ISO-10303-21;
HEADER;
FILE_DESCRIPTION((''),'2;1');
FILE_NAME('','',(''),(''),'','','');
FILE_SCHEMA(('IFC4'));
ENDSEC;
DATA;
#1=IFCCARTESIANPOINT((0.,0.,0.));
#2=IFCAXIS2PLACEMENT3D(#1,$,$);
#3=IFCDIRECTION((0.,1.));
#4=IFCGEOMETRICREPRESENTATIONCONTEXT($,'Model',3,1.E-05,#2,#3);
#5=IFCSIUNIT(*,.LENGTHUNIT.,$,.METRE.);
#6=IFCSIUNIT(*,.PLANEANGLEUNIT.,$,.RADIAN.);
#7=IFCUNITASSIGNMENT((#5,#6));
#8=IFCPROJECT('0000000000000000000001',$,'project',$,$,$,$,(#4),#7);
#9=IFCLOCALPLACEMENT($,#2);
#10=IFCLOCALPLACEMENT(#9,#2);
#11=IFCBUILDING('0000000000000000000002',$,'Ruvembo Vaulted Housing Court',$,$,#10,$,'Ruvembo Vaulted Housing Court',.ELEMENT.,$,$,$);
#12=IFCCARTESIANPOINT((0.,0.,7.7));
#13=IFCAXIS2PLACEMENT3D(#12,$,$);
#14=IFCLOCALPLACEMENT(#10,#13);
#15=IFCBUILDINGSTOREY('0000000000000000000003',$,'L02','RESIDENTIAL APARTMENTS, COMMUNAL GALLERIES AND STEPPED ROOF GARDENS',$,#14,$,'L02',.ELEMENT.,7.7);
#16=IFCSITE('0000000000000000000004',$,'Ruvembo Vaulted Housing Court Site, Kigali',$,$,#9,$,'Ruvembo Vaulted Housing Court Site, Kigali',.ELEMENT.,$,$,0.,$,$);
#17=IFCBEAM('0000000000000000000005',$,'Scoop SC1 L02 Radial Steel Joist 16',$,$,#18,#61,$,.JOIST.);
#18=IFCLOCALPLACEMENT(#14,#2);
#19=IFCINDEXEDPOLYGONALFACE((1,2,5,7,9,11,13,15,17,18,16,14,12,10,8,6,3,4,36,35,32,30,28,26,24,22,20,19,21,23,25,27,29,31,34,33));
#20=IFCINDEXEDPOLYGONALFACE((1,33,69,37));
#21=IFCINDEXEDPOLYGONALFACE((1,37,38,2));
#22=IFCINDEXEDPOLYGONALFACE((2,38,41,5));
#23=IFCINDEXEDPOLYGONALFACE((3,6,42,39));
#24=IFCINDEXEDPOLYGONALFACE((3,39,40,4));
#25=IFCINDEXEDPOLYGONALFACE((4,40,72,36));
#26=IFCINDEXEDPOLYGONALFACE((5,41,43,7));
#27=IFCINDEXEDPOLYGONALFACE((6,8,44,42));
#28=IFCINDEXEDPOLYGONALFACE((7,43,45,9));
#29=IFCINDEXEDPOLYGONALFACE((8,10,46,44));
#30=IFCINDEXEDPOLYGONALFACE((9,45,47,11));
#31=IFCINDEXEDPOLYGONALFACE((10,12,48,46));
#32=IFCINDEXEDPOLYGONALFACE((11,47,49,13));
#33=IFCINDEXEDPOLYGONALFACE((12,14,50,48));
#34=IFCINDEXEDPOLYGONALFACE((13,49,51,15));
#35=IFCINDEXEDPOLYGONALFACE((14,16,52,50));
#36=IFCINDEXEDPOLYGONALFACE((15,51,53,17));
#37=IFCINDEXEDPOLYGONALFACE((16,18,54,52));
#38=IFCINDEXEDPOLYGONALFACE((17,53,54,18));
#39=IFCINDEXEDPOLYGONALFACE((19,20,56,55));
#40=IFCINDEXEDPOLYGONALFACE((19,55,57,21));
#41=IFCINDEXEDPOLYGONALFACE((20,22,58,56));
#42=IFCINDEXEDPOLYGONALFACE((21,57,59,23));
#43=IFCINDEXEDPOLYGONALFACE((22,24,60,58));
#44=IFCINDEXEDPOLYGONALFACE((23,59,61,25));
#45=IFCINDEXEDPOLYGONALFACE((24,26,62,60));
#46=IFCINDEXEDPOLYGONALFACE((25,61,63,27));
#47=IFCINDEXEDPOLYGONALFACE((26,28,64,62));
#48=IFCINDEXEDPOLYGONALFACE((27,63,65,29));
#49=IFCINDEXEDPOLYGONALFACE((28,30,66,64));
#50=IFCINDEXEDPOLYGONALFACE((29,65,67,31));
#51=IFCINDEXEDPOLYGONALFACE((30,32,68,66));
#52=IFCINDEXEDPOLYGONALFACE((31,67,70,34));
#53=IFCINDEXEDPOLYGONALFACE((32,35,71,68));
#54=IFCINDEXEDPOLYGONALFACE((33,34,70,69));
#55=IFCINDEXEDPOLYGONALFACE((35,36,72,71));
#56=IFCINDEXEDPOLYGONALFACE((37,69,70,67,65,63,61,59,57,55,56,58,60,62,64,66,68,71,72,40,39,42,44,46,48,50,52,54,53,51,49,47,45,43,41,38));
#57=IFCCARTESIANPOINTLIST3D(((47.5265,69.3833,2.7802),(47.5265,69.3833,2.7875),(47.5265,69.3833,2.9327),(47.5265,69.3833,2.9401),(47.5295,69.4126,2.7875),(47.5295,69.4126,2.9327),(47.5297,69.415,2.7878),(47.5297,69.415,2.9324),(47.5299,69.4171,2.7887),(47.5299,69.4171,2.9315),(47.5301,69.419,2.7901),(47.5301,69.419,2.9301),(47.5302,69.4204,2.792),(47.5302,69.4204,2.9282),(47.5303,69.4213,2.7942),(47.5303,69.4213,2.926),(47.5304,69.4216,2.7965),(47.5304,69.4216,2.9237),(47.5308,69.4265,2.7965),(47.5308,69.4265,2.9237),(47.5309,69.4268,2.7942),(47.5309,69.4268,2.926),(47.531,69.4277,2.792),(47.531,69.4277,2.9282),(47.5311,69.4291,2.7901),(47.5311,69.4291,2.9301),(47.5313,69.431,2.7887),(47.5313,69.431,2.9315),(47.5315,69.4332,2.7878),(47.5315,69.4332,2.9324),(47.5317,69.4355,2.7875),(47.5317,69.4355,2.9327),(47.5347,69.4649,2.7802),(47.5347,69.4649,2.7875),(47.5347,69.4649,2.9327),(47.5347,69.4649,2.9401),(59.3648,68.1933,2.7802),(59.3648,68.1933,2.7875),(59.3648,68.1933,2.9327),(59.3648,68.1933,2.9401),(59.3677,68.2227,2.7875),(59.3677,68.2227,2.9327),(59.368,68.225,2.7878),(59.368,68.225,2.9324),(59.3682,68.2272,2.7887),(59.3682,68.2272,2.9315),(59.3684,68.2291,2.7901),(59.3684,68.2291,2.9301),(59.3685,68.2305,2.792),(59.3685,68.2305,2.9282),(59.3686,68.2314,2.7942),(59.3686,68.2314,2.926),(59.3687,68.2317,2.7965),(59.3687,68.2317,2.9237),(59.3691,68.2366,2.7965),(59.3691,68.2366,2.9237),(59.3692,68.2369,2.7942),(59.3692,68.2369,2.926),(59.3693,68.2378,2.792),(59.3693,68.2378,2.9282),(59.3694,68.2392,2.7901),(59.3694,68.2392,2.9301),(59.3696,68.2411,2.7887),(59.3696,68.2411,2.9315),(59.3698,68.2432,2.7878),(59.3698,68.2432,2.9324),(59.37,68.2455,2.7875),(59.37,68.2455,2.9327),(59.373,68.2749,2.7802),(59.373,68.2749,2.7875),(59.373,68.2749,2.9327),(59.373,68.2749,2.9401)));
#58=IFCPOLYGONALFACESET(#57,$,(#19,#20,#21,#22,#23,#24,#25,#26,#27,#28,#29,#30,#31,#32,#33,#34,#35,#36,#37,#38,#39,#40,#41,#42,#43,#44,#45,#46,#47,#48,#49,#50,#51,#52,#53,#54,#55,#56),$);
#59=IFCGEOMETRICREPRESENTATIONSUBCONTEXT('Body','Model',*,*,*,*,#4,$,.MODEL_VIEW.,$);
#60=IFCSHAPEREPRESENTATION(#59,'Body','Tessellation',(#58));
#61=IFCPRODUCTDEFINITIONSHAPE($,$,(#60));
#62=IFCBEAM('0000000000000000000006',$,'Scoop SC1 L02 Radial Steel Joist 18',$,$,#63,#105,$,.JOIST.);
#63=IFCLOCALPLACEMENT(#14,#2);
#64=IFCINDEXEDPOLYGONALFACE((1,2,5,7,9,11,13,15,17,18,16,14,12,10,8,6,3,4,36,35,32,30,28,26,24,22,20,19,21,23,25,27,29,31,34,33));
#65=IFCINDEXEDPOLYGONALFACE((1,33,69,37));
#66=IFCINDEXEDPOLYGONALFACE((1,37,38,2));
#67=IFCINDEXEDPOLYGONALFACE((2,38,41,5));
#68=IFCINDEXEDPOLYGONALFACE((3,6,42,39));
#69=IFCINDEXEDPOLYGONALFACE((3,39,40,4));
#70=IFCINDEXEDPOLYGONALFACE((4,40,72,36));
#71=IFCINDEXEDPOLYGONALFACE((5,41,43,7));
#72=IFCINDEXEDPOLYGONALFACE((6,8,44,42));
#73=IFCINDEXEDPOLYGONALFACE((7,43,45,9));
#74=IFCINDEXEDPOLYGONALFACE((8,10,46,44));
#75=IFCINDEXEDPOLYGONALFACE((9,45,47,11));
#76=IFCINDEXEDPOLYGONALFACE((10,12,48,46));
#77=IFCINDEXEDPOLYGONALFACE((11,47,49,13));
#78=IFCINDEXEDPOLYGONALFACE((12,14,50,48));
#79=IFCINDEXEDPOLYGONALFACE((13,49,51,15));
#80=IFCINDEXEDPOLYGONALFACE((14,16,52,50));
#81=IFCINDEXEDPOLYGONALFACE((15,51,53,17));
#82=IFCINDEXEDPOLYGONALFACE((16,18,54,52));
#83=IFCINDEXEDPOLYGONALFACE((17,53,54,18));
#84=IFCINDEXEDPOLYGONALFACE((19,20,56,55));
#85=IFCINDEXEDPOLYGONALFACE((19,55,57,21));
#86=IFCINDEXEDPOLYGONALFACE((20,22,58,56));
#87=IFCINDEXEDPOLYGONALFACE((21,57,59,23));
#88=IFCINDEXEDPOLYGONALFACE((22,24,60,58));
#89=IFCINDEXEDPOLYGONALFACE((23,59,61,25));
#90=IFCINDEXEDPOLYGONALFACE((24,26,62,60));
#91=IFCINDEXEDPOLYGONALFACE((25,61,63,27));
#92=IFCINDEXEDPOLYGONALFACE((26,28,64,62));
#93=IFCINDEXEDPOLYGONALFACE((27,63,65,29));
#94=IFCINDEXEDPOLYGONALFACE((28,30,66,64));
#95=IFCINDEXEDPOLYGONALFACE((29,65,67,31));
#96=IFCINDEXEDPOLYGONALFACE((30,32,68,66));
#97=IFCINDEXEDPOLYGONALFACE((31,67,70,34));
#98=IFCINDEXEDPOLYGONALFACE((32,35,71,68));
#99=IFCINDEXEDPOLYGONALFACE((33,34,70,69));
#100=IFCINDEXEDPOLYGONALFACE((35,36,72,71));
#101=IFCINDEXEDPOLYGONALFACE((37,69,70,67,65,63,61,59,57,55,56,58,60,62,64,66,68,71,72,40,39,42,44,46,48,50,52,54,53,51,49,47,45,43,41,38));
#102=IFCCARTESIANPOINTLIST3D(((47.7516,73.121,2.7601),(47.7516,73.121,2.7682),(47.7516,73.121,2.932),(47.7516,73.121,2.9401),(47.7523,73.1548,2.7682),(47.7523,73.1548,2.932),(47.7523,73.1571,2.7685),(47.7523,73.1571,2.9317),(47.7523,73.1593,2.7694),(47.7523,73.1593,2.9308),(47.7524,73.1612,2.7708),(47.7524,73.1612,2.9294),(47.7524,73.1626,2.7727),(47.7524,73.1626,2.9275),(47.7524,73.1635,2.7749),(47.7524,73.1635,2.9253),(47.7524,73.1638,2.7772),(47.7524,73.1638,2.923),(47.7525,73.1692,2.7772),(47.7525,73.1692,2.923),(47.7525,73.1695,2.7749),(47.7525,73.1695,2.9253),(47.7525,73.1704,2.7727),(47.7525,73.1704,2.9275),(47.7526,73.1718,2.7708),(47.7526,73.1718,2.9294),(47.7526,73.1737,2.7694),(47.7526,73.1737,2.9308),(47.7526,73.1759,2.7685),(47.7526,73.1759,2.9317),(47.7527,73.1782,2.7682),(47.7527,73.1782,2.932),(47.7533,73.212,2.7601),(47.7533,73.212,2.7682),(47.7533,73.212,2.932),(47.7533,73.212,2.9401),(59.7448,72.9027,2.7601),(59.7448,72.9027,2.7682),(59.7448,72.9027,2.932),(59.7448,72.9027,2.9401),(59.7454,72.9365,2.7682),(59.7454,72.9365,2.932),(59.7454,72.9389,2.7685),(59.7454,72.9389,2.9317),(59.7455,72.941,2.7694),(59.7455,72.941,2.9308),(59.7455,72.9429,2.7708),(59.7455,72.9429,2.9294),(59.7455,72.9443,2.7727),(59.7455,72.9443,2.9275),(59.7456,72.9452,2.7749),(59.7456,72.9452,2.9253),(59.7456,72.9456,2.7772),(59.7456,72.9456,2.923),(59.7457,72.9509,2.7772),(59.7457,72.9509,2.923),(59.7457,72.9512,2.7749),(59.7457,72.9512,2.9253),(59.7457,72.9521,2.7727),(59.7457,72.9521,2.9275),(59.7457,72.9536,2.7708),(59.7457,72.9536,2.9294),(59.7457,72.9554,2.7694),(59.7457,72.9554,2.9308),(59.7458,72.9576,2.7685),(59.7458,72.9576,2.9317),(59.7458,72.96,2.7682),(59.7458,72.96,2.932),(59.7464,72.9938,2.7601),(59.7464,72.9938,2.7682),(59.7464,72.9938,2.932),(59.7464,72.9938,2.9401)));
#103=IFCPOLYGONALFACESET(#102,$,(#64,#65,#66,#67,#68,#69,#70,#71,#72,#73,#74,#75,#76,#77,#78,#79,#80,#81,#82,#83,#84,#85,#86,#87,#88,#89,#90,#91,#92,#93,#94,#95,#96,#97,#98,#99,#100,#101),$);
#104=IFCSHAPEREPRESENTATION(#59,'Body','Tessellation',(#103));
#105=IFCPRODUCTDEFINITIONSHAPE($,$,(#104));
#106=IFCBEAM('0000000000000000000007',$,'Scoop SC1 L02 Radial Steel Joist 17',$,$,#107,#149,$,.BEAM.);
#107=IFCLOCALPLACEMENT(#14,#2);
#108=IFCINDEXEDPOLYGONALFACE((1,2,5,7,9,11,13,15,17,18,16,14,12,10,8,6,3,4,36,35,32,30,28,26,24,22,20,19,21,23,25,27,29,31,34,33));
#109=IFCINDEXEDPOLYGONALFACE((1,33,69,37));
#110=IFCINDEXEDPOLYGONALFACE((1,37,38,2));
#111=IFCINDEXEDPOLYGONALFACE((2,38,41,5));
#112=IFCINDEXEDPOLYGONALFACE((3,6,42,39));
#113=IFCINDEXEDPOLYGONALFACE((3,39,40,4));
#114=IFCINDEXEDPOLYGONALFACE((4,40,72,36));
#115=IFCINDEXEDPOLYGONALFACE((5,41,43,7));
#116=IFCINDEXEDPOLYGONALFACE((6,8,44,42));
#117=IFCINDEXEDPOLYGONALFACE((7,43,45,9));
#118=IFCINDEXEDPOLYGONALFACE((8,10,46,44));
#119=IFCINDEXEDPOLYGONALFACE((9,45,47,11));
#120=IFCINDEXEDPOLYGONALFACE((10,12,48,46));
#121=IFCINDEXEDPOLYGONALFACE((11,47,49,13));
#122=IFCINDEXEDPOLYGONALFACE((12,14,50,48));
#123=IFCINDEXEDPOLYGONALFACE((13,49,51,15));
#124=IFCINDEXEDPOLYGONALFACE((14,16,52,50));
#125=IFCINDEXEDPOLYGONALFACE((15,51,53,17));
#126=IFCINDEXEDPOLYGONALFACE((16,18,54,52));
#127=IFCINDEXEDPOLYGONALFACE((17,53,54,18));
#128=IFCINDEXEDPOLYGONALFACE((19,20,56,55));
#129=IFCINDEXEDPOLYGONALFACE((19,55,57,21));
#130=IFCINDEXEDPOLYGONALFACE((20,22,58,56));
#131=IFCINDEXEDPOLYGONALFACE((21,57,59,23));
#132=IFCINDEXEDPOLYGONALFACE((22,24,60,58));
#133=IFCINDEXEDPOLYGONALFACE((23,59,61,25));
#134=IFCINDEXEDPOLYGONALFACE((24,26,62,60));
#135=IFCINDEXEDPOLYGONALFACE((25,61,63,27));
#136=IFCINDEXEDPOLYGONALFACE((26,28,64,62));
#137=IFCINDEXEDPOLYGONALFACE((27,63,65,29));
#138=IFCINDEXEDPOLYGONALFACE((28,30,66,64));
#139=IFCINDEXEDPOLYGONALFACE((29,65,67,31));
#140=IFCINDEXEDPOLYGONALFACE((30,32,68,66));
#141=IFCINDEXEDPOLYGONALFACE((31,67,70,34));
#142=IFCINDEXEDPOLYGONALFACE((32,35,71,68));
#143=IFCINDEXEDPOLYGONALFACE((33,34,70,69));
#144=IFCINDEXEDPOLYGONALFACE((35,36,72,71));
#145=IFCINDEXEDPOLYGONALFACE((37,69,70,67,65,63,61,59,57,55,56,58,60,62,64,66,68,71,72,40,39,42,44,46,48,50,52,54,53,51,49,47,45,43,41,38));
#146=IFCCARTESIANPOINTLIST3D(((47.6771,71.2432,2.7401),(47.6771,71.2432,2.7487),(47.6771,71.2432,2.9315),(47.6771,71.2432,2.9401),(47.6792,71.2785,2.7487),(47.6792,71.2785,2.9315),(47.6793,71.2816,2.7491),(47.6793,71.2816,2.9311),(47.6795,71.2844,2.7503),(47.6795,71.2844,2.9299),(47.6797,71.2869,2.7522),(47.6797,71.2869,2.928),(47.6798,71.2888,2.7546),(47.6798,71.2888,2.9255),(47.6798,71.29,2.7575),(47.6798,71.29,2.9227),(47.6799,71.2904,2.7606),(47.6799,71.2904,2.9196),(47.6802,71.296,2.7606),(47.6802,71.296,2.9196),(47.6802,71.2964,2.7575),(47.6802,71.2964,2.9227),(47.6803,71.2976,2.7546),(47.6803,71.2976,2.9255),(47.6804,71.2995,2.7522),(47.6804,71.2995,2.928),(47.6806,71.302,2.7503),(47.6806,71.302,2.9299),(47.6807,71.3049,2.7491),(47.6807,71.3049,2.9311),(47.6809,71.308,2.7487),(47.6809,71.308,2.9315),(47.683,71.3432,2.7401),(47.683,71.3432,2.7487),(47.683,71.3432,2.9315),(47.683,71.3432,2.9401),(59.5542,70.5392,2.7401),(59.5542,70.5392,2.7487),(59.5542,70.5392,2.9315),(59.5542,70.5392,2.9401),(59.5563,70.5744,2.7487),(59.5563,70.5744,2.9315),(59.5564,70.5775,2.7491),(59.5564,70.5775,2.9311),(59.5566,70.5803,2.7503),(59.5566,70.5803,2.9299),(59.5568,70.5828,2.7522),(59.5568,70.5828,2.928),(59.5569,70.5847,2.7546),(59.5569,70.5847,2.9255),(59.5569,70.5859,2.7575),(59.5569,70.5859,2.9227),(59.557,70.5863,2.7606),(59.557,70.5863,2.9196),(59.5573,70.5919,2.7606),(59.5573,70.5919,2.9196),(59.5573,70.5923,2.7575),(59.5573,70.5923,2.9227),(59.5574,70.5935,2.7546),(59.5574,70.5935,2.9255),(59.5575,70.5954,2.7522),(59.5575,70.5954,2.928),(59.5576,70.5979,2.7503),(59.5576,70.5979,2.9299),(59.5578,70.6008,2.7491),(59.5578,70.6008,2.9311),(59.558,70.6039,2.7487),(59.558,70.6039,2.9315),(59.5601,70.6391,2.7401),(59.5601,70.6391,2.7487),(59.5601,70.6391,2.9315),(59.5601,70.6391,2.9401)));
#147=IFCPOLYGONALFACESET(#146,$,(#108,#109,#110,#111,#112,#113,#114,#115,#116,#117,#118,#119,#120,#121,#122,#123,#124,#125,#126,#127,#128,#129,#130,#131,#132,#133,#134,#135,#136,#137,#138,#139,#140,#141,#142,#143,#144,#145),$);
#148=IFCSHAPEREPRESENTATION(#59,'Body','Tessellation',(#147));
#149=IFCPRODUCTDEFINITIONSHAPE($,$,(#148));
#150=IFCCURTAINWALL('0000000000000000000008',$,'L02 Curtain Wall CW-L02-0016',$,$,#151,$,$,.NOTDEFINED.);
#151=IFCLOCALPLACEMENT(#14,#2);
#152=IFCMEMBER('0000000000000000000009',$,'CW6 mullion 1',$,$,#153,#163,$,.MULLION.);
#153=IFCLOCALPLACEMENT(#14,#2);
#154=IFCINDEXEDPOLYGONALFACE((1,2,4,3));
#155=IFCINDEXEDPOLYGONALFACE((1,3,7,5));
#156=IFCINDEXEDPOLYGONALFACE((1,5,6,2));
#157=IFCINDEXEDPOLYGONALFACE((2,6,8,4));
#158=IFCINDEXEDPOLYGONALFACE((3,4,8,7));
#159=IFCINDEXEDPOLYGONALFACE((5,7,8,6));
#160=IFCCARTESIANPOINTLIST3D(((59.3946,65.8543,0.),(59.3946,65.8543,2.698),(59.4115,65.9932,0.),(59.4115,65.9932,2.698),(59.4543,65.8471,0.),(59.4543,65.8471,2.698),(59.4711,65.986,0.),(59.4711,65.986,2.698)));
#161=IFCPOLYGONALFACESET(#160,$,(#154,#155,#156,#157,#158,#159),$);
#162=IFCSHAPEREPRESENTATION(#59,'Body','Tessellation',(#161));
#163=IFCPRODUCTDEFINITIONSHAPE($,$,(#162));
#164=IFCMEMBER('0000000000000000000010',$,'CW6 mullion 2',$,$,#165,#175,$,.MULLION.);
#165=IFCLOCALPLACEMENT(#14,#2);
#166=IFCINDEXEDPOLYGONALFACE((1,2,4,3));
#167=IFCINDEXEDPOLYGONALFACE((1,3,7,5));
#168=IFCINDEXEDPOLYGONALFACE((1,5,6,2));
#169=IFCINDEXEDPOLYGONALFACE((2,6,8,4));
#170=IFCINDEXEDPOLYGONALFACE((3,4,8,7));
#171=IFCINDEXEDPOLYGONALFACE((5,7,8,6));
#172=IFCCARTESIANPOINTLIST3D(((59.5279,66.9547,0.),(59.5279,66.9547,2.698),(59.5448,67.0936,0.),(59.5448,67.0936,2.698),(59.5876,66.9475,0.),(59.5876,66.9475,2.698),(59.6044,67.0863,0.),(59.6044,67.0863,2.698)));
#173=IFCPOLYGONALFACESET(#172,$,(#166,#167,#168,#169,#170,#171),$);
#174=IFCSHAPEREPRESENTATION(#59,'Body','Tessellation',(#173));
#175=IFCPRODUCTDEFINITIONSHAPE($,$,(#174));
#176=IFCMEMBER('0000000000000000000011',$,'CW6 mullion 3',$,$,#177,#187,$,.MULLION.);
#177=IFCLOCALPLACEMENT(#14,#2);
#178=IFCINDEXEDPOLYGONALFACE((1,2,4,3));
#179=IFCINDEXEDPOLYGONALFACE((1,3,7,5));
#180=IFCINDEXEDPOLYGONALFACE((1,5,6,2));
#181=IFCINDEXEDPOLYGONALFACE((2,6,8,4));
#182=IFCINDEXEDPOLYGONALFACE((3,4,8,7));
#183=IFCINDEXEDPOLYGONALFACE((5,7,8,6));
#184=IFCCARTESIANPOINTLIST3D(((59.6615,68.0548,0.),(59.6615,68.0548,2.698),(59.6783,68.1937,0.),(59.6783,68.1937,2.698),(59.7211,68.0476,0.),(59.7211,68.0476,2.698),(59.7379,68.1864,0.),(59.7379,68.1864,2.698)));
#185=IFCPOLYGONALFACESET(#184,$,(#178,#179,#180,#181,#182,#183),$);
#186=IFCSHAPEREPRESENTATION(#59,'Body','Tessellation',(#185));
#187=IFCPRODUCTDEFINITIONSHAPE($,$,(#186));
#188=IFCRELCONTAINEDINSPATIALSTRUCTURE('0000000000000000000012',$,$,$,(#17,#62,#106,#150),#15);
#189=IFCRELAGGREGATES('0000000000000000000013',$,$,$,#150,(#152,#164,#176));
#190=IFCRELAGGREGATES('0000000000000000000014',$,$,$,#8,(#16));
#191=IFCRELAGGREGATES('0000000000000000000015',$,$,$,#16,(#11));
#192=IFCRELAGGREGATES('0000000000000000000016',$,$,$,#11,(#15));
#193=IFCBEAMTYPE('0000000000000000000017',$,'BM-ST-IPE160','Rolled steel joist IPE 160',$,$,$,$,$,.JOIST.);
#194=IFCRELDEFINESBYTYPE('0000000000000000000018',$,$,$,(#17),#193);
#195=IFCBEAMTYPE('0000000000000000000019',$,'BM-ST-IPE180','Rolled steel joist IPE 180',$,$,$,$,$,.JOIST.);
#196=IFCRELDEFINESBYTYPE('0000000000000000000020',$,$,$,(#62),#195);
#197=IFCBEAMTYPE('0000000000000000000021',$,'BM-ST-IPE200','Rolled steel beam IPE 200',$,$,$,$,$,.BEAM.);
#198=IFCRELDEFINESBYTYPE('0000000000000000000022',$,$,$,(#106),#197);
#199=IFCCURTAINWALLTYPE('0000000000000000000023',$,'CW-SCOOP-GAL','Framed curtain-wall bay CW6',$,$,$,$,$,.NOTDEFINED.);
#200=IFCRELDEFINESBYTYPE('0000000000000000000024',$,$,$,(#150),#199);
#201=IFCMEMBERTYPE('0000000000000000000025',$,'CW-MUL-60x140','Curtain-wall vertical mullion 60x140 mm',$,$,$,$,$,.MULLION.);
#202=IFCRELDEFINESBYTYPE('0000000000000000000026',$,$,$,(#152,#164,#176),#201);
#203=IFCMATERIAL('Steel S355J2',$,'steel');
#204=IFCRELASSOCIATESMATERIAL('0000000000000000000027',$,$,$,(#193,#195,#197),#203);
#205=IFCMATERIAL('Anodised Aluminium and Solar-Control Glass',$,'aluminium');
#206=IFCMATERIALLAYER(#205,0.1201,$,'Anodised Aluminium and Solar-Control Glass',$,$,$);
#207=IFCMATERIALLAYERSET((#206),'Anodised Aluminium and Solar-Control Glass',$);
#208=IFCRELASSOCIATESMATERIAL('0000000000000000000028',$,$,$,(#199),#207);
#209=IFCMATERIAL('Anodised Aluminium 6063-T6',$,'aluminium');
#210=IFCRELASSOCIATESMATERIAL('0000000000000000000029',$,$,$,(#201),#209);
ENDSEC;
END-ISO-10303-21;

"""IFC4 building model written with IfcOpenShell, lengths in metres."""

from ifc_helpers import new_model, si_unit, direction, frame, origin, origin_2d, place, context, subcontext, project, spatial, rectangle, i_section, extrude, material, layer, layer_set, material_profile, profile_set, type_object, element, aggregate, save


model = new_model("IFC4")

# Units and contexts
model_context = context("Model", 3, precision=1e-05, world=origin(), true_north=direction((0.0, 1.0)))
body_context = subcontext(model_context, "Body", "Model", "MODEL_VIEW")
ifc_project = project(units=[si_unit("LENGTHUNIT", "METRE"), si_unit("PLANEANGLEUNIT", "RADIAN")], contexts=[model_context])

# Site, building, storey
site_placement = place(None, origin())
site = spatial("IfcSite", under=ifc_project, at=site_placement, Name="Ruvembo Vaulted Housing Court Site, Kigali", LongName="Ruvembo Vaulted Housing Court Site, Kigali", CompositionType="ELEMENT", RefElevation=0.0)
building_placement = place(site_placement, origin())
building = spatial("IfcBuilding", under=site, at=building_placement, Name="Ruvembo Vaulted Housing Court", LongName="Ruvembo Vaulted Housing Court", CompositionType="ELEMENT")
storey_placement = place(building_placement, frame((0.0, 0.0, 7.7)))
storey = spatial("IfcBuildingStorey", under=building, at=storey_placement, Name="L02", Description="RESIDENTIAL APARTMENTS, COMMUNAL GALLERIES AND STEPPED ROOF GARDENS", LongName="L02", CompositionType="ELEMENT", Elevation=7.7)

# Beams
ifc_material_1 = material(Name="Steel S355J2", Category="steel")
ifc_material_profile_1 = material_profile(ifc_material_1, i_section(OverallWidth=0.082, OverallDepth=0.1599, WebThickness=0.0049, FlangeThickness=0.0073, FilletRadius=0.009, at=origin_2d()), Name="IPE 160")
ifc_profile_set_1 = profile_set([ifc_material_profile_1], Name="Steel S355J2")
beam_type_1 = type_object("IfcBeamType", Name="BM-ST-IPE160", Description="Rolled steel joist IPE 160", PredefinedType="JOIST", material=ifc_profile_set_1)
beam_1_placement = place(storey_placement, frame((59.3689, 68.2341, 2.8601), z_axis=(-0.994986, 0.100012, 0.0), x_axis=(-0.100012, -0.994986, 0.0)))
element("IfcBeam", 1, at=beam_1_placement, inside=storey, type_object=beam_type_1, Name="Scoop SC1 L02 Radial Steel Joist 16", PredefinedType="JOIST", context=body_context, shape_type="SweptSolid", body=[
    extrude(i_section(OverallWidth=0.082, OverallDepth=0.1599, WebThickness=0.0049, FlangeThickness=0.0073, FilletRadius=0.009, at=origin_2d()), origin(), (0.0, 0.0, 1.0), 11.8979),
])
ifc_material_profile_2 = material_profile(ifc_material_1, i_section(OverallWidth=0.0911, OverallDepth=0.1799, WebThickness=0.0054, FlangeThickness=0.0081, FilletRadius=0.009, at=origin_2d()), Name="IPE 180")
ifc_profile_set_2 = profile_set([ifc_material_profile_2], Name="Steel S355J2")
beam_type_2 = type_object("IfcBeamType", Name="BM-ST-IPE180", Description="Rolled steel joist IPE 180", PredefinedType="JOIST", material=ifc_profile_set_2)
beam_2_placement = place(storey_placement, frame((59.7456, 72.9482, 2.8501), z_axis=(-0.999834, 0.018196, 0.0), x_axis=(-0.018196, -0.999834, 0.0)))
element("IfcBeam", 2, at=beam_2_placement, inside=storey, type_object=beam_type_2, Name="Scoop SC1 L02 Radial Steel Joist 18", PredefinedType="JOIST", context=body_context, shape_type="SweptSolid", body=[
    extrude(i_section(OverallWidth=0.0911, OverallDepth=0.1799, WebThickness=0.0054, FlangeThickness=0.0081, FilletRadius=0.009, at=origin_2d()), origin(), (0.0, 0.0, 1.0), 11.9951),
])
ifc_material_profile_3 = material_profile(ifc_material_1, i_section(OverallWidth=0.1001, OverallDepth=0.2, WebThickness=0.0056, FlangeThickness=0.0085, FilletRadius=0.012, at=origin_2d()), Name="IPE 200")
ifc_profile_set_3 = profile_set([ifc_material_profile_3], Name="Steel S355J2")
beam_type_3 = type_object("IfcBeamType", Name="BM-ST-IPE200", Description="Rolled steel beam IPE 200", PredefinedType="BEAM", material=ifc_profile_set_3)
beam_3_placement = place(storey_placement, frame((59.5571, 70.5891, 2.8401), z_axis=(-0.998247, 0.059178, 0.0), x_axis=(-0.059178, -0.998247, 0.0)))
element("IfcBeam", 3, at=beam_3_placement, inside=storey, type_object=beam_type_3, Name="Scoop SC1 L02 Radial Steel Joist 17", PredefinedType="BEAM", context=body_context, shape_type="SweptSolid", body=[
    extrude(i_section(OverallWidth=0.1001, OverallDepth=0.2, WebThickness=0.0056, FlangeThickness=0.0085, FilletRadius=0.012, at=origin_2d()), origin(), (0.0, 0.0, 1.0), 11.8979),
])

# Curtain wall, members
ifc_material_2 = material(Name="Anodised Aluminium and Solar-Control Glass", Category="aluminium")
ifc_layer_1 = layer(ifc_material_2, 0.1201, Name="Anodised Aluminium and Solar-Control Glass")
ifc_layer_set_1 = layer_set([ifc_layer_1], Name="Anodised Aluminium and Solar-Control Glass")
curtain_wall_type = type_object("IfcCurtainWallType", Name="CW-SCOOP-GAL", Description="Framed curtain-wall bay CW6", PredefinedType="NOTDEFINED", material=ifc_layer_set_1)
curtain_wall_placement = place(storey_placement, origin())
curtain_wall = element("IfcCurtainWall", 4, at=curtain_wall_placement, inside=storey, type_object=curtain_wall_type, Name="L02 Curtain Wall CW-L02-0016", PredefinedType="NOTDEFINED")
ifc_material_3 = material(Name="Anodised Aluminium 6063-T6", Category="aluminium")
ifc_material_profile_4 = material_profile(ifc_material_3, rectangle(XDim=0.0601, YDim=0.1399, at=origin_2d()), Name="ALU 60x140")
ifc_profile_set_4 = profile_set([ifc_material_profile_4], Name="Anodised Aluminium 6063-T6")
member_type_1 = type_object("IfcMemberType", Name="CW-MUL-60x140", Description="Curtain-wall vertical mullion 60x140 mm", PredefinedType="MULLION", material=ifc_profile_set_4)
member_1_placement = place(storey_placement, frame((59.4329, 65.9202, 0.0), z_axis=(0.0, 0.0, 1.0), x_axis=(-0.992725, 0.120401, 0.0)))
member_1 = element("IfcMember", 5, at=member_1_placement, type_object=member_type_1, Name="CW6 mullion 1", PredefinedType="MULLION", context=body_context, shape_type="SweptSolid", body=[
    extrude(rectangle(XDim=0.0601, YDim=0.1399, at=origin_2d()), origin(), (0.0, 0.0, 1.0), 2.698),
])
member_2_placement = place(storey_placement, frame((59.5662, 67.0205, 0.0), z_axis=(0.0, 0.0, 1.0), x_axis=(-0.992725, 0.120401, 0.0)))
member_2 = element("IfcMember", 6, at=member_2_placement, type_object=member_type_1, Name="CW6 mullion 2", PredefinedType="MULLION", context=body_context, shape_type="SweptSolid", body=[
    extrude(rectangle(XDim=0.0601, YDim=0.1399, at=origin_2d()), origin(), (0.0, 0.0, 1.0), 2.698),
])
member_3_placement = place(storey_placement, frame((59.6997, 68.1206, 0.0), z_axis=(0.0, 0.0, 1.0), x_axis=(-0.992725, 0.120401, 0.0)))
member_3 = element("IfcMember", 7, at=member_3_placement, type_object=member_type_1, Name="CW6 mullion 3", PredefinedType="MULLION", context=body_context, shape_type="SweptSolid", body=[
    extrude(rectangle(XDim=0.0601, YDim=0.1399, at=origin_2d()), origin(), (0.0, 0.0, 1.0), 2.698),
])
aggregate(curtain_wall, [member_1, member_2, member_3])

save(model, "model.ifc")
